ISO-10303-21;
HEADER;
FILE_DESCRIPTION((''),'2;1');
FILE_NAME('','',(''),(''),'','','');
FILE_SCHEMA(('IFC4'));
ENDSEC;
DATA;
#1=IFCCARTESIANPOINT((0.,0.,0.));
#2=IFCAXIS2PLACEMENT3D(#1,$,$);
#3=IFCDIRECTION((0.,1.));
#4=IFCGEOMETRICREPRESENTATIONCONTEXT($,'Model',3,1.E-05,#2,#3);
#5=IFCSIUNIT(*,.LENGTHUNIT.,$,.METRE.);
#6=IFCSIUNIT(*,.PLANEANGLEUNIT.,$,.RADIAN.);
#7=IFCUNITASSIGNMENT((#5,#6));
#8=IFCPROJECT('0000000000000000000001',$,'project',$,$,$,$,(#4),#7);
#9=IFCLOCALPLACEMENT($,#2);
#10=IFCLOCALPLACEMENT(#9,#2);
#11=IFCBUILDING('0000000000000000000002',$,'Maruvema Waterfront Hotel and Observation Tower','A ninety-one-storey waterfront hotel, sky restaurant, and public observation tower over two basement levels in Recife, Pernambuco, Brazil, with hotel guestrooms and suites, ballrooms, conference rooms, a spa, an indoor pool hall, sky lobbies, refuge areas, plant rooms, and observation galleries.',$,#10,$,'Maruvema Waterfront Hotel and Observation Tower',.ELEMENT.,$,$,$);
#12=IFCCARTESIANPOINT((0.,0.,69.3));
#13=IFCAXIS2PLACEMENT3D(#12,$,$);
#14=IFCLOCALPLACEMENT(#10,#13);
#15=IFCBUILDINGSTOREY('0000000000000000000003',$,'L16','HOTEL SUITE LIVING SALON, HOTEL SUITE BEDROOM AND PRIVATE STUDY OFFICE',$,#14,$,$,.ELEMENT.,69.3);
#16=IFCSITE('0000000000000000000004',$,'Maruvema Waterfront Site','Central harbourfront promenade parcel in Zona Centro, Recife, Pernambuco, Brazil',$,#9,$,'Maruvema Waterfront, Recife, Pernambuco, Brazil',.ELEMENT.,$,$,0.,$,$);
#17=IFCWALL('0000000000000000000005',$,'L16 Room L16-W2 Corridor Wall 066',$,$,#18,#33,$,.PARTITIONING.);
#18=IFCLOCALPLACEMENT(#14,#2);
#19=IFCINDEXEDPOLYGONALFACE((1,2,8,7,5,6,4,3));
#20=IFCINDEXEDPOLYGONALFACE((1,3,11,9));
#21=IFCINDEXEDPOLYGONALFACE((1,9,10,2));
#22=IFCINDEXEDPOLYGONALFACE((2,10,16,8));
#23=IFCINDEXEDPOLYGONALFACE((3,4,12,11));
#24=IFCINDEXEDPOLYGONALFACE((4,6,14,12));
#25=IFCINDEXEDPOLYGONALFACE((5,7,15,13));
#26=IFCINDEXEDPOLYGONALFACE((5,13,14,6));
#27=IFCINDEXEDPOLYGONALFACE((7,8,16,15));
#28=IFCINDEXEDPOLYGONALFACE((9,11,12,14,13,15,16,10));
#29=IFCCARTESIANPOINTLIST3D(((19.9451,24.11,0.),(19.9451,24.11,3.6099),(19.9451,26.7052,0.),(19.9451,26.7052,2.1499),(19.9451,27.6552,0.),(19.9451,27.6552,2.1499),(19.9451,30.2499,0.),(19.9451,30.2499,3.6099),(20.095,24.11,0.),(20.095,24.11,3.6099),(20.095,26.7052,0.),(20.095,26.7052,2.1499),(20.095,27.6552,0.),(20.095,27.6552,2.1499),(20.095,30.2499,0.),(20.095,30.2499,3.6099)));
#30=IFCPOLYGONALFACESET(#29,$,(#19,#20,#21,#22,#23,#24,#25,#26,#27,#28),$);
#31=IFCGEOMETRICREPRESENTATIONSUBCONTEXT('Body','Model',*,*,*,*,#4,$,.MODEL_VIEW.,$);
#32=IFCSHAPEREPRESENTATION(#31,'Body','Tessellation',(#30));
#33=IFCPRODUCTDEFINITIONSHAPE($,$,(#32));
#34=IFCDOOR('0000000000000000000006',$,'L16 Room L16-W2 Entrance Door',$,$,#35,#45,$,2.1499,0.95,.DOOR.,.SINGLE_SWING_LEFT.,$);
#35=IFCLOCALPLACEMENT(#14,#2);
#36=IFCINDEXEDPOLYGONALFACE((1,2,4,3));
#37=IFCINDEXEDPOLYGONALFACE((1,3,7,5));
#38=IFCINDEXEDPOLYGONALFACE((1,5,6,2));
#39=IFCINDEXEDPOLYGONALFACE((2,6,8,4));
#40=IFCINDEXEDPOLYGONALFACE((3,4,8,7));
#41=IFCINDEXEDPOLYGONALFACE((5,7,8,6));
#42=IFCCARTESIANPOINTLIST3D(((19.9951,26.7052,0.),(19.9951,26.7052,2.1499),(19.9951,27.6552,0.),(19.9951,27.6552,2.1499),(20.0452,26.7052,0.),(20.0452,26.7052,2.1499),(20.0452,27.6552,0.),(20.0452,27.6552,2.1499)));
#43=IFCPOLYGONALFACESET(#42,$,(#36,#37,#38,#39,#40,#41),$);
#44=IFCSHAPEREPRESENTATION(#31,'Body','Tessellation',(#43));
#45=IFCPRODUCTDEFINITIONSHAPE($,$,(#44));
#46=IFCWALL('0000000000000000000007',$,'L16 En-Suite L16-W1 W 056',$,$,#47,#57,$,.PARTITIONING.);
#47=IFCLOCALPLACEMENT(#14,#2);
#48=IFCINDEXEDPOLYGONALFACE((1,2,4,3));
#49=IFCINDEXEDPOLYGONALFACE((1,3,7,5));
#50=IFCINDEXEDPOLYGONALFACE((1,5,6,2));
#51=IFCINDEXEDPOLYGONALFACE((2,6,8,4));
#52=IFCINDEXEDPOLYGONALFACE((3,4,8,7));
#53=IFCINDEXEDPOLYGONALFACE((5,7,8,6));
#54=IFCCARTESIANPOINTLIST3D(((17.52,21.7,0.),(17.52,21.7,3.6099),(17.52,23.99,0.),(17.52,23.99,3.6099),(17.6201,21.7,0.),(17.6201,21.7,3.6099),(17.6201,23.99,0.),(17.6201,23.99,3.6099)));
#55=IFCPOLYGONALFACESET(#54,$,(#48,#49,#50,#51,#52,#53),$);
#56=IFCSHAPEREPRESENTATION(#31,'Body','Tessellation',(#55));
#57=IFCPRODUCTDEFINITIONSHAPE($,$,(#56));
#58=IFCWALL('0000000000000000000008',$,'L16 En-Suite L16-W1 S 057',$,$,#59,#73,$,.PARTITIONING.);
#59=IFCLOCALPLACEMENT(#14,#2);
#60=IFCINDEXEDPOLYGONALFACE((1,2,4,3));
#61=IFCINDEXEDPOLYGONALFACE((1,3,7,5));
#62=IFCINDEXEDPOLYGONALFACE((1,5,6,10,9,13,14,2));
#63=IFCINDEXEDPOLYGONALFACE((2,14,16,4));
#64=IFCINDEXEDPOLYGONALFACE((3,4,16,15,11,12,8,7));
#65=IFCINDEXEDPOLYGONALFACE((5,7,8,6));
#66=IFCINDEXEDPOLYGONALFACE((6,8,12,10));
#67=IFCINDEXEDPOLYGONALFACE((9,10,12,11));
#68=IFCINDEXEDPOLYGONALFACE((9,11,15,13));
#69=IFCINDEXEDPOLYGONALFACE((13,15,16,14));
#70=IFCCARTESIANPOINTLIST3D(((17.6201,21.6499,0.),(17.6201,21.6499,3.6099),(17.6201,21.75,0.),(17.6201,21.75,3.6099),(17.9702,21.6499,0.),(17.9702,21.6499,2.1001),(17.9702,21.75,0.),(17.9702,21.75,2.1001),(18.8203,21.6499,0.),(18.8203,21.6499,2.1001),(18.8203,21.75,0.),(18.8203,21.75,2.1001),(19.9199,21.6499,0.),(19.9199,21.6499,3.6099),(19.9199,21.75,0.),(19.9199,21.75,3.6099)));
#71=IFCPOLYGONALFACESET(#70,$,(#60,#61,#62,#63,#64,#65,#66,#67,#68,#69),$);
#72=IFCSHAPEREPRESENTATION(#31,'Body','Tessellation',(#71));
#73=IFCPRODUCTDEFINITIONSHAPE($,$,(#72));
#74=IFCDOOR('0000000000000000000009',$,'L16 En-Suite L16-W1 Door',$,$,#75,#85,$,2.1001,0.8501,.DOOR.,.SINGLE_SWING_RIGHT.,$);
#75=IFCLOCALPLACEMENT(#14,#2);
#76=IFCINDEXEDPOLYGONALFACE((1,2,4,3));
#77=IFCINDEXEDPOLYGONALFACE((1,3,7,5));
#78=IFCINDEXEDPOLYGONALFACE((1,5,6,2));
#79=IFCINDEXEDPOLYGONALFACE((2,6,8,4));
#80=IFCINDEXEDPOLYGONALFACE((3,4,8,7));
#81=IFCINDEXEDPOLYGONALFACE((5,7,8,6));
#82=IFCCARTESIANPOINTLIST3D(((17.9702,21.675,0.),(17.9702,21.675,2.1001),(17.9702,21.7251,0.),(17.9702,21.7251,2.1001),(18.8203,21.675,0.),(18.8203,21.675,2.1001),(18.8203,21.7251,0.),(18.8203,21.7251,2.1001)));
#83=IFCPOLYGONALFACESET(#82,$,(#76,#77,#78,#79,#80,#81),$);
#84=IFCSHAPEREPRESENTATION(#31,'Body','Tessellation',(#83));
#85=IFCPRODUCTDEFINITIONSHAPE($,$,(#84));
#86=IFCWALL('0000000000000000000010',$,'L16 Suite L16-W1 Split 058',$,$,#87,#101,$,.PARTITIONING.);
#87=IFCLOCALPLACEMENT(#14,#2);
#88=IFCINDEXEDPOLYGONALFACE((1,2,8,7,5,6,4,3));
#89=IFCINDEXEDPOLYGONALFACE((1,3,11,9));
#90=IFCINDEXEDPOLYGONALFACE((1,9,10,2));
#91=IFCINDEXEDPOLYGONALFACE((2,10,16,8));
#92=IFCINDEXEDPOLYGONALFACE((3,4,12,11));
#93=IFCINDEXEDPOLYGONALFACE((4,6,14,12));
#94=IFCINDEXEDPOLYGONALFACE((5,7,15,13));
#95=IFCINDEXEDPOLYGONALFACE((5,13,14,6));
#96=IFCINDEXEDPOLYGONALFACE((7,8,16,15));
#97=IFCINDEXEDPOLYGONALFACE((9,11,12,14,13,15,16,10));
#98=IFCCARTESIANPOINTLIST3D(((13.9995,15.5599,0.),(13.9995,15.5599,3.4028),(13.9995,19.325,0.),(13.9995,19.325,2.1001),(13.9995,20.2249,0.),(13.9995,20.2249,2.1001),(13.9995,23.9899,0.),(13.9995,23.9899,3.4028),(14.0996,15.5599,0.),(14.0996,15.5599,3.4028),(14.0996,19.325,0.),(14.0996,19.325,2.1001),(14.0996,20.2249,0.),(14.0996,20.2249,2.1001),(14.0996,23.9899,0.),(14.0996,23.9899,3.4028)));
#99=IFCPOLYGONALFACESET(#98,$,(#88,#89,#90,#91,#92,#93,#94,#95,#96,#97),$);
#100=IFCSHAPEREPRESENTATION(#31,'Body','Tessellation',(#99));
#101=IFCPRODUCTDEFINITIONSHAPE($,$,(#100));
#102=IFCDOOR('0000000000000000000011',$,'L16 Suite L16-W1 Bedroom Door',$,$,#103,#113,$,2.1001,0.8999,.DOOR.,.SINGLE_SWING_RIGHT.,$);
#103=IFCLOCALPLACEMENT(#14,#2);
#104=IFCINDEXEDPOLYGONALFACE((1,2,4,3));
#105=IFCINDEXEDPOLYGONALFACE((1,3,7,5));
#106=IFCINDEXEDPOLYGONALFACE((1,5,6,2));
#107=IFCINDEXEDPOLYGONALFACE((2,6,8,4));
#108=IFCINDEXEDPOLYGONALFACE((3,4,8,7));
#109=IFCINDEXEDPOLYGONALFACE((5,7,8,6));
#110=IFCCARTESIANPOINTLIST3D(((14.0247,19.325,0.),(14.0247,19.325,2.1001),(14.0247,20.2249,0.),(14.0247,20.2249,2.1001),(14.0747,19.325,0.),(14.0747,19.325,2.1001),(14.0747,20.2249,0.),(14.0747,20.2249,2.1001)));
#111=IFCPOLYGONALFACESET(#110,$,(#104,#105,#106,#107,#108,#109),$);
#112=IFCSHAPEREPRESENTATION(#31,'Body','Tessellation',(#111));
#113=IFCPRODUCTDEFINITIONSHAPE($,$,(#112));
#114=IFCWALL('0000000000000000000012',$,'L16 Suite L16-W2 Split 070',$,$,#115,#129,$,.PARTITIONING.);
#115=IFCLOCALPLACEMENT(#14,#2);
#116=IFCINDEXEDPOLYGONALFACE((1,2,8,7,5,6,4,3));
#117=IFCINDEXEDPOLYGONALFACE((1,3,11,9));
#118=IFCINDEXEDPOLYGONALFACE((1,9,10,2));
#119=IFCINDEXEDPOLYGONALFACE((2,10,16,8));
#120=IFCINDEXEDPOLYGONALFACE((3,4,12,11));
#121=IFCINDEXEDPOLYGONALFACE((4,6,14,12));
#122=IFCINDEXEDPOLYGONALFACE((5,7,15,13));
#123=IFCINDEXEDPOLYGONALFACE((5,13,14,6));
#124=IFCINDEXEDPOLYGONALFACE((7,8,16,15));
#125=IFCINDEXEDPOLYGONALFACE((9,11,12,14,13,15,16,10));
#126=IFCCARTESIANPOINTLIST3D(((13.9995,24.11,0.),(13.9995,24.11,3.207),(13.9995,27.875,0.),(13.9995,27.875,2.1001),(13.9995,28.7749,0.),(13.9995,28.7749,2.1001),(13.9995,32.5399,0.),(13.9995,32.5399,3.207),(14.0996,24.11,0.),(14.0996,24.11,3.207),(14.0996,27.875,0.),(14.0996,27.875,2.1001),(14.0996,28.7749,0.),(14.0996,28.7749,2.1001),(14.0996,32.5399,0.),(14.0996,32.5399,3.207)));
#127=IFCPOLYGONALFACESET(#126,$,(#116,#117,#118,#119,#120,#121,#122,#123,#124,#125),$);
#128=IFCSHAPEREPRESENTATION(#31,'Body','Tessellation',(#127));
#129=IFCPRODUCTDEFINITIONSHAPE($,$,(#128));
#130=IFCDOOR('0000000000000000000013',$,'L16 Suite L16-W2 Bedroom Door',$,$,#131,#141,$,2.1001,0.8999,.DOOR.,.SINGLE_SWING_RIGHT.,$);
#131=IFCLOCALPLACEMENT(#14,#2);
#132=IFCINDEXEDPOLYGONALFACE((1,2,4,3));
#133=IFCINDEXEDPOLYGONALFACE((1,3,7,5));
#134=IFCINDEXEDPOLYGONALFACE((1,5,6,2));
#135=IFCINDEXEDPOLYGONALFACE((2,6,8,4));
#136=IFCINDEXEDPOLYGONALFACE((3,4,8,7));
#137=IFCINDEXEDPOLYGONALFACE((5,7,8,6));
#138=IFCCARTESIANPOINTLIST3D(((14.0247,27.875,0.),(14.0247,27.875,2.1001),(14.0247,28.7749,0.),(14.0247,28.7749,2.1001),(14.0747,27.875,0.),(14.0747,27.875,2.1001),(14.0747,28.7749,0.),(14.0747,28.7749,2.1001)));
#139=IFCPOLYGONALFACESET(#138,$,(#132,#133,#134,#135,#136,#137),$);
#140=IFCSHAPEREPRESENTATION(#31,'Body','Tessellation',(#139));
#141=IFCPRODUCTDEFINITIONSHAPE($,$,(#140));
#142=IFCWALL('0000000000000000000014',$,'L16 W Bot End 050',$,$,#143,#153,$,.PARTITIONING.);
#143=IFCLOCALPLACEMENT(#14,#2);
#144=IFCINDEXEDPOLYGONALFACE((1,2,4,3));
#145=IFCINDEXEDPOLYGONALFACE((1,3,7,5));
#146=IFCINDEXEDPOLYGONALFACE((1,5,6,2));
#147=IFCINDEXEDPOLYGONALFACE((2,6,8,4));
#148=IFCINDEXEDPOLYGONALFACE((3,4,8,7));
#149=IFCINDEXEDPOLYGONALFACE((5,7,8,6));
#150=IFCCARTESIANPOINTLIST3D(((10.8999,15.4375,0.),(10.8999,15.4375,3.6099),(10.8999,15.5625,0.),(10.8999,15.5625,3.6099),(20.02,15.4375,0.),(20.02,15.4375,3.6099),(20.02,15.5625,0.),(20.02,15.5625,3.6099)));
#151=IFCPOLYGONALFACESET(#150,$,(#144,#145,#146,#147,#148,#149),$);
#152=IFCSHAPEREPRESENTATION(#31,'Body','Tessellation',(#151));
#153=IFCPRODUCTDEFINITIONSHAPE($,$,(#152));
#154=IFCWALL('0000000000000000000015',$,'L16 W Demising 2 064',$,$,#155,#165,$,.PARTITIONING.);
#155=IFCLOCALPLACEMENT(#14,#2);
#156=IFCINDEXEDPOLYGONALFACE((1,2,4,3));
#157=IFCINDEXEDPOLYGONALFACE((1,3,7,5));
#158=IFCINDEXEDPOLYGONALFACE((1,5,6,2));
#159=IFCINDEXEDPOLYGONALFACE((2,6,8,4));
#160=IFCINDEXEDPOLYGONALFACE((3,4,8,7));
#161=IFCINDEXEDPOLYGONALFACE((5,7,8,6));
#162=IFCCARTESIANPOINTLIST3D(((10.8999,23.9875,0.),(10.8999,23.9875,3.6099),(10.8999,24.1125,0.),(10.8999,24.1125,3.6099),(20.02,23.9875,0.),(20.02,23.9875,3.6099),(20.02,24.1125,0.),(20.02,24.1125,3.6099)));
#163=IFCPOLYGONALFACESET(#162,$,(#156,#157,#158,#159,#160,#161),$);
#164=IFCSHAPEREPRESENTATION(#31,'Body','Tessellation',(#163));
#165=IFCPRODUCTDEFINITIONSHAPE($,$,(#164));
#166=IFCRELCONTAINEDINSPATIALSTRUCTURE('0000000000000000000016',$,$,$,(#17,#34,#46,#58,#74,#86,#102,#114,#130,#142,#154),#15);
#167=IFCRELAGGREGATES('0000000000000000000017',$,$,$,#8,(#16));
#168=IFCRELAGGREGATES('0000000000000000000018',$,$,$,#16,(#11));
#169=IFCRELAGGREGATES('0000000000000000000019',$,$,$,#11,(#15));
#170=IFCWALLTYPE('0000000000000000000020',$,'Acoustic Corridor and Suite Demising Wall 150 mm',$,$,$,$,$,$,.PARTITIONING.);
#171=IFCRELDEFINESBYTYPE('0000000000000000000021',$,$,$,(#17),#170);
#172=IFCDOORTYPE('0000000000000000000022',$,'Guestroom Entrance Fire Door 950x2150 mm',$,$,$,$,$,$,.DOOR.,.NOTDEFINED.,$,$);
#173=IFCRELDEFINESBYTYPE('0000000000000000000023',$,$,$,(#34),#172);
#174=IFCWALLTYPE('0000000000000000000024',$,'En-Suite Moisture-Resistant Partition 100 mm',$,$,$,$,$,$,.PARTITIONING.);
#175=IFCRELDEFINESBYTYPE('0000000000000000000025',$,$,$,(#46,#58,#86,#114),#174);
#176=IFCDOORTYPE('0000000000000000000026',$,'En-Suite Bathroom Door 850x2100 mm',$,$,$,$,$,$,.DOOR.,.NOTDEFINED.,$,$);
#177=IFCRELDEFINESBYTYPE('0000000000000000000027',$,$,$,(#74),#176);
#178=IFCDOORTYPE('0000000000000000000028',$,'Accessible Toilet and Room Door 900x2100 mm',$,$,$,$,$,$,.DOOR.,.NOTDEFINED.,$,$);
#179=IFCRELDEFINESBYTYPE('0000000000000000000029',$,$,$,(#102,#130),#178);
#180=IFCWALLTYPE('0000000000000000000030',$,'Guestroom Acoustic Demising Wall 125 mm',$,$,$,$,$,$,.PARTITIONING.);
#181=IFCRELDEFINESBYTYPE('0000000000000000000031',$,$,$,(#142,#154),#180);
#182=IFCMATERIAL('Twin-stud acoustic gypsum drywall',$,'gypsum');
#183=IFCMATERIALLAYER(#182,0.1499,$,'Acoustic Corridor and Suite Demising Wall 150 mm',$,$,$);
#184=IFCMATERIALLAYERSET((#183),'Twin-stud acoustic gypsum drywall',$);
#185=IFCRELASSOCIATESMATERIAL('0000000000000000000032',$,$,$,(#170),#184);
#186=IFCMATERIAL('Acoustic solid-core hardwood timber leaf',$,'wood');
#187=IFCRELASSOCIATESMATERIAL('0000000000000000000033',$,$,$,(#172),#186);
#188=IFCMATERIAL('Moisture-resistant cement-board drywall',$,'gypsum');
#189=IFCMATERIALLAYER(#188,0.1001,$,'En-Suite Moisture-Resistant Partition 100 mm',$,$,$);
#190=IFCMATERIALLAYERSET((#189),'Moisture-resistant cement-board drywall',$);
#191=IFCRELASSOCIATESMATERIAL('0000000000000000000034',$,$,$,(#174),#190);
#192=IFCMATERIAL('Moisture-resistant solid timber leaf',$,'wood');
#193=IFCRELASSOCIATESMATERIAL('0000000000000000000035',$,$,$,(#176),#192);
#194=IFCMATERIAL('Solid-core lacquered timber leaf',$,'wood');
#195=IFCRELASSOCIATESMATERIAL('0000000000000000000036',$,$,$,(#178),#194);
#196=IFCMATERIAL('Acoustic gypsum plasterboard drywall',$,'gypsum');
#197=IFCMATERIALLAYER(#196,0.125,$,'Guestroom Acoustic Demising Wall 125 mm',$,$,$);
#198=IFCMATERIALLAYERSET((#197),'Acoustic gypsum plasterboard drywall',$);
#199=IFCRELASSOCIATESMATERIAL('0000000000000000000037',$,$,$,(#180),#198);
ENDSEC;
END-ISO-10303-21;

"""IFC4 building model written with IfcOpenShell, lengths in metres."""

from ifc_helpers import new_model, si_unit, direction, frame, frame_2d, origin, place, context, subcontext, project, spatial, rectangle, extrude, material, layer, layer_set, type_object, element, fill, save


model = new_model("IFC4")

# Units and contexts
model_context = context("Model", 3, precision=1e-05, world=origin(), true_north=direction((0.0, 1.0)))
body_context = subcontext(model_context, "Body", "Model", "MODEL_VIEW")
ifc_project = project(units=[si_unit("LENGTHUNIT", "METRE"), si_unit("PLANEANGLEUNIT", "RADIAN")], contexts=[model_context])

# Site, building, storey
site_placement = place(None, origin())
site = spatial("IfcSite", under=ifc_project, at=site_placement, Name="Maruvema Waterfront Site", Description="Central harbourfront promenade parcel in Zona Centro, Recife, Pernambuco, Brazil", LongName="Maruvema Waterfront, Recife, Pernambuco, Brazil", CompositionType="ELEMENT", RefElevation=0.0)
building_placement = place(site_placement, origin())
building = spatial("IfcBuilding", under=site, at=building_placement, Name="Maruvema Waterfront Hotel and Observation Tower", Description="A ninety-one-storey waterfront hotel, sky restaurant, and public observation tower over two basement levels in Recife, Pernambuco, Brazil, with hotel guestrooms and suites, ballrooms, conference rooms, a spa, an indoor pool hall, sky lobbies, refuge areas, plant rooms, and observation galleries.", LongName="Maruvema Waterfront Hotel and Observation Tower", CompositionType="ELEMENT")
storey_placement = place(building_placement, frame((0.0, 0.0, 69.3)))
storey = spatial("IfcBuildingStorey", under=building, at=storey_placement, Name="L16", Description="HOTEL SUITE LIVING SALON, HOTEL SUITE BEDROOM AND PRIVATE STUDY OFFICE", CompositionType="ELEMENT", Elevation=69.3)

# Shared definitions
ifc_material_1 = material(Name="Twin-stud acoustic gypsum drywall", Category="gypsum")
ifc_layer_1 = layer(ifc_material_1, 0.1499, Name="Acoustic Corridor and Suite Demising Wall 150 mm")
ifc_layer_set_1 = layer_set([ifc_layer_1], Name="Twin-stud acoustic gypsum drywall")
wall_type_1 = type_object("IfcWallType", Name="Acoustic Corridor and Suite Demising Wall 150 mm", PredefinedType="PARTITIONING", material=ifc_layer_set_1)
ifc_material_2 = material(Name="Acoustic solid-core hardwood timber leaf", Category="wood")
door_type_1 = type_object("IfcDoorType", Name="Guestroom Entrance Fire Door 950x2150 mm", OperationType="NOTDEFINED", PredefinedType="DOOR", material=ifc_material_2)

# Wall, opening, door
wall_1_placement = place(storey_placement, frame((20.02, 24.1101, 0.0), z_axis=(0.0, 0.0, 1.0), x_axis=(0.0, 1.0, 0.0)))
wall_1 = element("IfcWall", 1, at=wall_1_placement, inside=storey, type_object=wall_type_1, Name="L16 Room L16-W2 Corridor Wall 066", PredefinedType="PARTITIONING", context=body_context, shape_type="SweptSolid", body=[
    extrude(rectangle(XDim=6.1399, YDim=0.1499, at=frame_2d((3.0698, 0.0))), origin(), (0.0, 0.0, 1.0), 3.6099),
])
opening_1_placement = place(wall_1_placement, frame((2.595, 0.0, 0.0)))
opening_1 = element("IfcOpeningElement", 2, at=opening_1_placement, cuts=wall_1, PredefinedType="OPENING", context=body_context, shape_type="SweptSolid", body=[
    extrude(rectangle(XDim=0.95, YDim=2.1499, at=frame_2d((0.4751, 1.075))), frame((0.0, 0.085, 0.0), z_axis=(0.0, -1.0, 0.0), x_axis=(1.0, 0.0, 0.0)), (0.0, 0.0, 1.0), 0.1699),
])
door_1_placement = place(opening_1_placement, origin())
door_1 = element("IfcDoor", 3, at=door_1_placement, inside=storey, type_object=door_type_1, Name="L16 Room L16-W2 Entrance Door", OperationType="SINGLE_SWING_LEFT", OverallHeight=2.1499, OverallWidth=0.95, PredefinedType="DOOR", context=body_context, shape_type="SweptSolid", body=[
    extrude(rectangle(XDim=0.95, YDim=2.1499, at=frame_2d((0.4751, 1.075))), frame((0.0, 0.0249, 0.0), z_axis=(0.0, -1.0, 0.0), x_axis=(1.0, 0.0, 0.0)), (0.0, 0.0, 1.0), 0.05),
])
fill(opening_1, door_1)

# Wall
ifc_material_3 = material(Name="Moisture-resistant cement-board drywall", Category="gypsum")
ifc_layer_2 = layer(ifc_material_3, 0.1001, Name="En-Suite Moisture-Resistant Partition 100 mm")
ifc_layer_set_2 = layer_set([ifc_layer_2], Name="Moisture-resistant cement-board drywall")
wall_type_2 = type_object("IfcWallType", Name="En-Suite Moisture-Resistant Partition 100 mm", PredefinedType="PARTITIONING", material=ifc_layer_set_2)
wall_2_placement = place(storey_placement, frame((17.5701, 21.7, 0.0), z_axis=(0.0, 0.0, 1.0), x_axis=(0.0, 1.0, 0.0)))
element("IfcWall", 4, at=wall_2_placement, inside=storey, type_object=wall_type_2, Name="L16 En-Suite L16-W1 W 056", PredefinedType="PARTITIONING", context=body_context, shape_type="SweptSolid", body=[
    extrude(rectangle(XDim=2.29, YDim=0.1001, at=frame_2d((1.145, 0.0))), origin(), (0.0, 0.0, 1.0), 3.6099),
])

# Walls, openings, doors
wall_3_placement = place(storey_placement, frame((17.6201, 21.7, 0.0), z_axis=(0.0, 0.0, 1.0), x_axis=(1.0, 0.0, 0.0)))
wall_3 = element("IfcWall", 5, at=wall_3_placement, inside=storey, type_object=wall_type_2, Name="L16 En-Suite L16-W1 S 057", PredefinedType="PARTITIONING", context=body_context, shape_type="SweptSolid", body=[
    extrude(rectangle(XDim=2.2998, YDim=0.1001, at=frame_2d((1.1499, 0.0))), origin(), (0.0, 0.0, 1.0), 3.6099),
])
opening_2_placement = place(wall_3_placement, frame((0.3501, 0.0, 0.0)))
opening_2 = element("IfcOpeningElement", 6, at=opening_2_placement, cuts=wall_3, PredefinedType="OPENING", context=body_context, shape_type="SweptSolid", body=[
    extrude(rectangle(XDim=0.8501, YDim=2.1001, at=frame_2d((0.425, 1.05))), frame((0.0, 0.0601, 0.0), z_axis=(0.0, -1.0, 0.0), x_axis=(1.0, 0.0, 0.0)), (0.0, 0.0, 1.0), 0.1201),
])
ifc_material_4 = material(Name="Moisture-resistant solid timber leaf", Category="wood")
door_type_2 = type_object("IfcDoorType", Name="En-Suite Bathroom Door 850x2100 mm", OperationType="NOTDEFINED", PredefinedType="DOOR", material=ifc_material_4)
door_2_placement = place(opening_2_placement, frame((0.8501, 0.0, 0.0), z_axis=(0.0, 0.0, 1.0), x_axis=(-1.0, 0.0, 0.0)))
door_2 = element("IfcDoor", 7, at=door_2_placement, inside=storey, type_object=door_type_2, Name="L16 En-Suite L16-W1 Door", OperationType="SINGLE_SWING_RIGHT", OverallHeight=2.1001, OverallWidth=0.8501, PredefinedType="DOOR", context=body_context, shape_type="SweptSolid", body=[
    extrude(rectangle(XDim=0.8501, YDim=2.1001, at=frame_2d((0.425, 1.05))), frame((0.0, 0.0249, 0.0), z_axis=(0.0, -1.0, 0.0), x_axis=(1.0, 0.0, 0.0)), (0.0, 0.0, 1.0), 0.05),
])
fill(opening_2, door_2)
wall_4_placement = place(storey_placement, frame((14.0496, 15.5601, 0.0), z_axis=(0.0, 0.0, 1.0), x_axis=(0.0, 1.0, 0.0)))
wall_4 = element("IfcWall", 8, at=wall_4_placement, inside=storey, type_object=wall_type_2, Name="L16 Suite L16-W1 Split 058", PredefinedType="PARTITIONING", context=body_context, shape_type="SweptSolid", body=[
    extrude(rectangle(XDim=8.4299, YDim=0.1001, at=frame_2d((4.2148, 0.0))), origin(), (0.0, 0.0, 1.0), 3.4028),
])
opening_3_placement = place(wall_4_placement, frame((3.7649, 0.0, 0.0)))
opening_3 = element("IfcOpeningElement", 9, at=opening_3_placement, cuts=wall_4, PredefinedType="OPENING", context=body_context, shape_type="SweptSolid", body=[
    extrude(rectangle(XDim=0.8999, YDim=2.1001, at=frame_2d((0.45, 1.05))), frame((0.0, 0.0601, 0.0), z_axis=(0.0, -1.0, 0.0), x_axis=(1.0, 0.0, 0.0)), (0.0, 0.0, 1.0), 0.1201),
])
ifc_material_5 = material(Name="Solid-core lacquered timber leaf", Category="wood")
door_type_3 = type_object("IfcDoorType", Name="Accessible Toilet and Room Door 900x2100 mm", OperationType="NOTDEFINED", PredefinedType="DOOR", material=ifc_material_5)
door_3_placement = place(opening_3_placement, origin())
door_3 = element("IfcDoor", 10, at=door_3_placement, inside=storey, type_object=door_type_3, Name="L16 Suite L16-W1 Bedroom Door", OperationType="SINGLE_SWING_RIGHT", OverallHeight=2.1001, OverallWidth=0.8999, PredefinedType="DOOR", context=body_context, shape_type="SweptSolid", body=[
    extrude(rectangle(XDim=0.8999, YDim=2.1001, at=frame_2d((0.45, 1.05))), frame((0.0, 0.0249, 0.0), z_axis=(0.0, -1.0, 0.0), x_axis=(1.0, 0.0, 0.0)), (0.0, 0.0, 1.0), 0.05),
])
fill(opening_3, door_3)
wall_5_placement = place(storey_placement, frame((14.0496, 24.1101, 0.0), z_axis=(0.0, 0.0, 1.0), x_axis=(0.0, 1.0, 0.0)))
wall_5 = element("IfcWall", 11, at=wall_5_placement, inside=storey, type_object=wall_type_2, Name="L16 Suite L16-W2 Split 070", PredefinedType="PARTITIONING", context=body_context, shape_type="SweptSolid", body=[
    extrude(rectangle(XDim=8.4299, YDim=0.1001, at=frame_2d((4.2148, 0.0))), origin(), (0.0, 0.0, 1.0), 3.207),
])
opening_4_placement = place(wall_5_placement, frame((3.7649, 0.0, 0.0)))
opening_4 = element("IfcOpeningElement", 12, at=opening_4_placement, cuts=wall_5, PredefinedType="OPENING", context=body_context, shape_type="SweptSolid", body=[
    extrude(rectangle(XDim=0.8999, YDim=2.1001, at=frame_2d((0.45, 1.05))), frame((0.0, 0.0601, 0.0), z_axis=(0.0, -1.0, 0.0), x_axis=(1.0, 0.0, 0.0)), (0.0, 0.0, 1.0), 0.1201),
])
door_4_placement = place(opening_4_placement, origin())
door_4 = element("IfcDoor", 13, at=door_4_placement, inside=storey, type_object=door_type_3, Name="L16 Suite L16-W2 Bedroom Door", OperationType="SINGLE_SWING_RIGHT", OverallHeight=2.1001, OverallWidth=0.8999, PredefinedType="DOOR", context=body_context, shape_type="SweptSolid", body=[
    extrude(rectangle(XDim=0.8999, YDim=2.1001, at=frame_2d((0.45, 1.05))), frame((0.0, 0.0249, 0.0), z_axis=(0.0, -1.0, 0.0), x_axis=(1.0, 0.0, 0.0)), (0.0, 0.0, 1.0), 0.05),
])
fill(opening_4, door_4)

# Walls
ifc_material_6 = material(Name="Acoustic gypsum plasterboard drywall", Category="gypsum")
ifc_layer_3 = layer(ifc_material_6, 0.125, Name="Guestroom Acoustic Demising Wall 125 mm")
ifc_layer_set_3 = layer_set([ifc_layer_3], Name="Acoustic gypsum plasterboard drywall")
wall_type_3 = type_object("IfcWallType", Name="Guestroom Acoustic Demising Wall 125 mm", PredefinedType="PARTITIONING", material=ifc_layer_set_3)
for number, where, z_axis, x_axis, name in (
    (14, (10.8999, 15.5, 0.0), (0.0, 0.0, 1.0), (1.0, 0.0, 0.0), "L16 W Bot End 050"),
    (15, (10.8999, 24.05, 0.0), (0.0, 0.0, 1.0), (1.0, 0.0, 0.0), "L16 W Demising 2 064"),
):
    element("IfcWall", number, at=place(storey_placement, frame(where, z_axis=z_axis, x_axis=x_axis)), inside=storey, type_object=wall_type_3, Name=name, PredefinedType="PARTITIONING", context=body_context, shape_type="SweptSolid", body=[
        extrude(rectangle(XDim=9.1201, YDim=0.125, at=frame_2d((4.5601, 0.0))), origin(), (0.0, 0.0, 1.0), 3.6099),
    ])

save(model, "model.ifc")
